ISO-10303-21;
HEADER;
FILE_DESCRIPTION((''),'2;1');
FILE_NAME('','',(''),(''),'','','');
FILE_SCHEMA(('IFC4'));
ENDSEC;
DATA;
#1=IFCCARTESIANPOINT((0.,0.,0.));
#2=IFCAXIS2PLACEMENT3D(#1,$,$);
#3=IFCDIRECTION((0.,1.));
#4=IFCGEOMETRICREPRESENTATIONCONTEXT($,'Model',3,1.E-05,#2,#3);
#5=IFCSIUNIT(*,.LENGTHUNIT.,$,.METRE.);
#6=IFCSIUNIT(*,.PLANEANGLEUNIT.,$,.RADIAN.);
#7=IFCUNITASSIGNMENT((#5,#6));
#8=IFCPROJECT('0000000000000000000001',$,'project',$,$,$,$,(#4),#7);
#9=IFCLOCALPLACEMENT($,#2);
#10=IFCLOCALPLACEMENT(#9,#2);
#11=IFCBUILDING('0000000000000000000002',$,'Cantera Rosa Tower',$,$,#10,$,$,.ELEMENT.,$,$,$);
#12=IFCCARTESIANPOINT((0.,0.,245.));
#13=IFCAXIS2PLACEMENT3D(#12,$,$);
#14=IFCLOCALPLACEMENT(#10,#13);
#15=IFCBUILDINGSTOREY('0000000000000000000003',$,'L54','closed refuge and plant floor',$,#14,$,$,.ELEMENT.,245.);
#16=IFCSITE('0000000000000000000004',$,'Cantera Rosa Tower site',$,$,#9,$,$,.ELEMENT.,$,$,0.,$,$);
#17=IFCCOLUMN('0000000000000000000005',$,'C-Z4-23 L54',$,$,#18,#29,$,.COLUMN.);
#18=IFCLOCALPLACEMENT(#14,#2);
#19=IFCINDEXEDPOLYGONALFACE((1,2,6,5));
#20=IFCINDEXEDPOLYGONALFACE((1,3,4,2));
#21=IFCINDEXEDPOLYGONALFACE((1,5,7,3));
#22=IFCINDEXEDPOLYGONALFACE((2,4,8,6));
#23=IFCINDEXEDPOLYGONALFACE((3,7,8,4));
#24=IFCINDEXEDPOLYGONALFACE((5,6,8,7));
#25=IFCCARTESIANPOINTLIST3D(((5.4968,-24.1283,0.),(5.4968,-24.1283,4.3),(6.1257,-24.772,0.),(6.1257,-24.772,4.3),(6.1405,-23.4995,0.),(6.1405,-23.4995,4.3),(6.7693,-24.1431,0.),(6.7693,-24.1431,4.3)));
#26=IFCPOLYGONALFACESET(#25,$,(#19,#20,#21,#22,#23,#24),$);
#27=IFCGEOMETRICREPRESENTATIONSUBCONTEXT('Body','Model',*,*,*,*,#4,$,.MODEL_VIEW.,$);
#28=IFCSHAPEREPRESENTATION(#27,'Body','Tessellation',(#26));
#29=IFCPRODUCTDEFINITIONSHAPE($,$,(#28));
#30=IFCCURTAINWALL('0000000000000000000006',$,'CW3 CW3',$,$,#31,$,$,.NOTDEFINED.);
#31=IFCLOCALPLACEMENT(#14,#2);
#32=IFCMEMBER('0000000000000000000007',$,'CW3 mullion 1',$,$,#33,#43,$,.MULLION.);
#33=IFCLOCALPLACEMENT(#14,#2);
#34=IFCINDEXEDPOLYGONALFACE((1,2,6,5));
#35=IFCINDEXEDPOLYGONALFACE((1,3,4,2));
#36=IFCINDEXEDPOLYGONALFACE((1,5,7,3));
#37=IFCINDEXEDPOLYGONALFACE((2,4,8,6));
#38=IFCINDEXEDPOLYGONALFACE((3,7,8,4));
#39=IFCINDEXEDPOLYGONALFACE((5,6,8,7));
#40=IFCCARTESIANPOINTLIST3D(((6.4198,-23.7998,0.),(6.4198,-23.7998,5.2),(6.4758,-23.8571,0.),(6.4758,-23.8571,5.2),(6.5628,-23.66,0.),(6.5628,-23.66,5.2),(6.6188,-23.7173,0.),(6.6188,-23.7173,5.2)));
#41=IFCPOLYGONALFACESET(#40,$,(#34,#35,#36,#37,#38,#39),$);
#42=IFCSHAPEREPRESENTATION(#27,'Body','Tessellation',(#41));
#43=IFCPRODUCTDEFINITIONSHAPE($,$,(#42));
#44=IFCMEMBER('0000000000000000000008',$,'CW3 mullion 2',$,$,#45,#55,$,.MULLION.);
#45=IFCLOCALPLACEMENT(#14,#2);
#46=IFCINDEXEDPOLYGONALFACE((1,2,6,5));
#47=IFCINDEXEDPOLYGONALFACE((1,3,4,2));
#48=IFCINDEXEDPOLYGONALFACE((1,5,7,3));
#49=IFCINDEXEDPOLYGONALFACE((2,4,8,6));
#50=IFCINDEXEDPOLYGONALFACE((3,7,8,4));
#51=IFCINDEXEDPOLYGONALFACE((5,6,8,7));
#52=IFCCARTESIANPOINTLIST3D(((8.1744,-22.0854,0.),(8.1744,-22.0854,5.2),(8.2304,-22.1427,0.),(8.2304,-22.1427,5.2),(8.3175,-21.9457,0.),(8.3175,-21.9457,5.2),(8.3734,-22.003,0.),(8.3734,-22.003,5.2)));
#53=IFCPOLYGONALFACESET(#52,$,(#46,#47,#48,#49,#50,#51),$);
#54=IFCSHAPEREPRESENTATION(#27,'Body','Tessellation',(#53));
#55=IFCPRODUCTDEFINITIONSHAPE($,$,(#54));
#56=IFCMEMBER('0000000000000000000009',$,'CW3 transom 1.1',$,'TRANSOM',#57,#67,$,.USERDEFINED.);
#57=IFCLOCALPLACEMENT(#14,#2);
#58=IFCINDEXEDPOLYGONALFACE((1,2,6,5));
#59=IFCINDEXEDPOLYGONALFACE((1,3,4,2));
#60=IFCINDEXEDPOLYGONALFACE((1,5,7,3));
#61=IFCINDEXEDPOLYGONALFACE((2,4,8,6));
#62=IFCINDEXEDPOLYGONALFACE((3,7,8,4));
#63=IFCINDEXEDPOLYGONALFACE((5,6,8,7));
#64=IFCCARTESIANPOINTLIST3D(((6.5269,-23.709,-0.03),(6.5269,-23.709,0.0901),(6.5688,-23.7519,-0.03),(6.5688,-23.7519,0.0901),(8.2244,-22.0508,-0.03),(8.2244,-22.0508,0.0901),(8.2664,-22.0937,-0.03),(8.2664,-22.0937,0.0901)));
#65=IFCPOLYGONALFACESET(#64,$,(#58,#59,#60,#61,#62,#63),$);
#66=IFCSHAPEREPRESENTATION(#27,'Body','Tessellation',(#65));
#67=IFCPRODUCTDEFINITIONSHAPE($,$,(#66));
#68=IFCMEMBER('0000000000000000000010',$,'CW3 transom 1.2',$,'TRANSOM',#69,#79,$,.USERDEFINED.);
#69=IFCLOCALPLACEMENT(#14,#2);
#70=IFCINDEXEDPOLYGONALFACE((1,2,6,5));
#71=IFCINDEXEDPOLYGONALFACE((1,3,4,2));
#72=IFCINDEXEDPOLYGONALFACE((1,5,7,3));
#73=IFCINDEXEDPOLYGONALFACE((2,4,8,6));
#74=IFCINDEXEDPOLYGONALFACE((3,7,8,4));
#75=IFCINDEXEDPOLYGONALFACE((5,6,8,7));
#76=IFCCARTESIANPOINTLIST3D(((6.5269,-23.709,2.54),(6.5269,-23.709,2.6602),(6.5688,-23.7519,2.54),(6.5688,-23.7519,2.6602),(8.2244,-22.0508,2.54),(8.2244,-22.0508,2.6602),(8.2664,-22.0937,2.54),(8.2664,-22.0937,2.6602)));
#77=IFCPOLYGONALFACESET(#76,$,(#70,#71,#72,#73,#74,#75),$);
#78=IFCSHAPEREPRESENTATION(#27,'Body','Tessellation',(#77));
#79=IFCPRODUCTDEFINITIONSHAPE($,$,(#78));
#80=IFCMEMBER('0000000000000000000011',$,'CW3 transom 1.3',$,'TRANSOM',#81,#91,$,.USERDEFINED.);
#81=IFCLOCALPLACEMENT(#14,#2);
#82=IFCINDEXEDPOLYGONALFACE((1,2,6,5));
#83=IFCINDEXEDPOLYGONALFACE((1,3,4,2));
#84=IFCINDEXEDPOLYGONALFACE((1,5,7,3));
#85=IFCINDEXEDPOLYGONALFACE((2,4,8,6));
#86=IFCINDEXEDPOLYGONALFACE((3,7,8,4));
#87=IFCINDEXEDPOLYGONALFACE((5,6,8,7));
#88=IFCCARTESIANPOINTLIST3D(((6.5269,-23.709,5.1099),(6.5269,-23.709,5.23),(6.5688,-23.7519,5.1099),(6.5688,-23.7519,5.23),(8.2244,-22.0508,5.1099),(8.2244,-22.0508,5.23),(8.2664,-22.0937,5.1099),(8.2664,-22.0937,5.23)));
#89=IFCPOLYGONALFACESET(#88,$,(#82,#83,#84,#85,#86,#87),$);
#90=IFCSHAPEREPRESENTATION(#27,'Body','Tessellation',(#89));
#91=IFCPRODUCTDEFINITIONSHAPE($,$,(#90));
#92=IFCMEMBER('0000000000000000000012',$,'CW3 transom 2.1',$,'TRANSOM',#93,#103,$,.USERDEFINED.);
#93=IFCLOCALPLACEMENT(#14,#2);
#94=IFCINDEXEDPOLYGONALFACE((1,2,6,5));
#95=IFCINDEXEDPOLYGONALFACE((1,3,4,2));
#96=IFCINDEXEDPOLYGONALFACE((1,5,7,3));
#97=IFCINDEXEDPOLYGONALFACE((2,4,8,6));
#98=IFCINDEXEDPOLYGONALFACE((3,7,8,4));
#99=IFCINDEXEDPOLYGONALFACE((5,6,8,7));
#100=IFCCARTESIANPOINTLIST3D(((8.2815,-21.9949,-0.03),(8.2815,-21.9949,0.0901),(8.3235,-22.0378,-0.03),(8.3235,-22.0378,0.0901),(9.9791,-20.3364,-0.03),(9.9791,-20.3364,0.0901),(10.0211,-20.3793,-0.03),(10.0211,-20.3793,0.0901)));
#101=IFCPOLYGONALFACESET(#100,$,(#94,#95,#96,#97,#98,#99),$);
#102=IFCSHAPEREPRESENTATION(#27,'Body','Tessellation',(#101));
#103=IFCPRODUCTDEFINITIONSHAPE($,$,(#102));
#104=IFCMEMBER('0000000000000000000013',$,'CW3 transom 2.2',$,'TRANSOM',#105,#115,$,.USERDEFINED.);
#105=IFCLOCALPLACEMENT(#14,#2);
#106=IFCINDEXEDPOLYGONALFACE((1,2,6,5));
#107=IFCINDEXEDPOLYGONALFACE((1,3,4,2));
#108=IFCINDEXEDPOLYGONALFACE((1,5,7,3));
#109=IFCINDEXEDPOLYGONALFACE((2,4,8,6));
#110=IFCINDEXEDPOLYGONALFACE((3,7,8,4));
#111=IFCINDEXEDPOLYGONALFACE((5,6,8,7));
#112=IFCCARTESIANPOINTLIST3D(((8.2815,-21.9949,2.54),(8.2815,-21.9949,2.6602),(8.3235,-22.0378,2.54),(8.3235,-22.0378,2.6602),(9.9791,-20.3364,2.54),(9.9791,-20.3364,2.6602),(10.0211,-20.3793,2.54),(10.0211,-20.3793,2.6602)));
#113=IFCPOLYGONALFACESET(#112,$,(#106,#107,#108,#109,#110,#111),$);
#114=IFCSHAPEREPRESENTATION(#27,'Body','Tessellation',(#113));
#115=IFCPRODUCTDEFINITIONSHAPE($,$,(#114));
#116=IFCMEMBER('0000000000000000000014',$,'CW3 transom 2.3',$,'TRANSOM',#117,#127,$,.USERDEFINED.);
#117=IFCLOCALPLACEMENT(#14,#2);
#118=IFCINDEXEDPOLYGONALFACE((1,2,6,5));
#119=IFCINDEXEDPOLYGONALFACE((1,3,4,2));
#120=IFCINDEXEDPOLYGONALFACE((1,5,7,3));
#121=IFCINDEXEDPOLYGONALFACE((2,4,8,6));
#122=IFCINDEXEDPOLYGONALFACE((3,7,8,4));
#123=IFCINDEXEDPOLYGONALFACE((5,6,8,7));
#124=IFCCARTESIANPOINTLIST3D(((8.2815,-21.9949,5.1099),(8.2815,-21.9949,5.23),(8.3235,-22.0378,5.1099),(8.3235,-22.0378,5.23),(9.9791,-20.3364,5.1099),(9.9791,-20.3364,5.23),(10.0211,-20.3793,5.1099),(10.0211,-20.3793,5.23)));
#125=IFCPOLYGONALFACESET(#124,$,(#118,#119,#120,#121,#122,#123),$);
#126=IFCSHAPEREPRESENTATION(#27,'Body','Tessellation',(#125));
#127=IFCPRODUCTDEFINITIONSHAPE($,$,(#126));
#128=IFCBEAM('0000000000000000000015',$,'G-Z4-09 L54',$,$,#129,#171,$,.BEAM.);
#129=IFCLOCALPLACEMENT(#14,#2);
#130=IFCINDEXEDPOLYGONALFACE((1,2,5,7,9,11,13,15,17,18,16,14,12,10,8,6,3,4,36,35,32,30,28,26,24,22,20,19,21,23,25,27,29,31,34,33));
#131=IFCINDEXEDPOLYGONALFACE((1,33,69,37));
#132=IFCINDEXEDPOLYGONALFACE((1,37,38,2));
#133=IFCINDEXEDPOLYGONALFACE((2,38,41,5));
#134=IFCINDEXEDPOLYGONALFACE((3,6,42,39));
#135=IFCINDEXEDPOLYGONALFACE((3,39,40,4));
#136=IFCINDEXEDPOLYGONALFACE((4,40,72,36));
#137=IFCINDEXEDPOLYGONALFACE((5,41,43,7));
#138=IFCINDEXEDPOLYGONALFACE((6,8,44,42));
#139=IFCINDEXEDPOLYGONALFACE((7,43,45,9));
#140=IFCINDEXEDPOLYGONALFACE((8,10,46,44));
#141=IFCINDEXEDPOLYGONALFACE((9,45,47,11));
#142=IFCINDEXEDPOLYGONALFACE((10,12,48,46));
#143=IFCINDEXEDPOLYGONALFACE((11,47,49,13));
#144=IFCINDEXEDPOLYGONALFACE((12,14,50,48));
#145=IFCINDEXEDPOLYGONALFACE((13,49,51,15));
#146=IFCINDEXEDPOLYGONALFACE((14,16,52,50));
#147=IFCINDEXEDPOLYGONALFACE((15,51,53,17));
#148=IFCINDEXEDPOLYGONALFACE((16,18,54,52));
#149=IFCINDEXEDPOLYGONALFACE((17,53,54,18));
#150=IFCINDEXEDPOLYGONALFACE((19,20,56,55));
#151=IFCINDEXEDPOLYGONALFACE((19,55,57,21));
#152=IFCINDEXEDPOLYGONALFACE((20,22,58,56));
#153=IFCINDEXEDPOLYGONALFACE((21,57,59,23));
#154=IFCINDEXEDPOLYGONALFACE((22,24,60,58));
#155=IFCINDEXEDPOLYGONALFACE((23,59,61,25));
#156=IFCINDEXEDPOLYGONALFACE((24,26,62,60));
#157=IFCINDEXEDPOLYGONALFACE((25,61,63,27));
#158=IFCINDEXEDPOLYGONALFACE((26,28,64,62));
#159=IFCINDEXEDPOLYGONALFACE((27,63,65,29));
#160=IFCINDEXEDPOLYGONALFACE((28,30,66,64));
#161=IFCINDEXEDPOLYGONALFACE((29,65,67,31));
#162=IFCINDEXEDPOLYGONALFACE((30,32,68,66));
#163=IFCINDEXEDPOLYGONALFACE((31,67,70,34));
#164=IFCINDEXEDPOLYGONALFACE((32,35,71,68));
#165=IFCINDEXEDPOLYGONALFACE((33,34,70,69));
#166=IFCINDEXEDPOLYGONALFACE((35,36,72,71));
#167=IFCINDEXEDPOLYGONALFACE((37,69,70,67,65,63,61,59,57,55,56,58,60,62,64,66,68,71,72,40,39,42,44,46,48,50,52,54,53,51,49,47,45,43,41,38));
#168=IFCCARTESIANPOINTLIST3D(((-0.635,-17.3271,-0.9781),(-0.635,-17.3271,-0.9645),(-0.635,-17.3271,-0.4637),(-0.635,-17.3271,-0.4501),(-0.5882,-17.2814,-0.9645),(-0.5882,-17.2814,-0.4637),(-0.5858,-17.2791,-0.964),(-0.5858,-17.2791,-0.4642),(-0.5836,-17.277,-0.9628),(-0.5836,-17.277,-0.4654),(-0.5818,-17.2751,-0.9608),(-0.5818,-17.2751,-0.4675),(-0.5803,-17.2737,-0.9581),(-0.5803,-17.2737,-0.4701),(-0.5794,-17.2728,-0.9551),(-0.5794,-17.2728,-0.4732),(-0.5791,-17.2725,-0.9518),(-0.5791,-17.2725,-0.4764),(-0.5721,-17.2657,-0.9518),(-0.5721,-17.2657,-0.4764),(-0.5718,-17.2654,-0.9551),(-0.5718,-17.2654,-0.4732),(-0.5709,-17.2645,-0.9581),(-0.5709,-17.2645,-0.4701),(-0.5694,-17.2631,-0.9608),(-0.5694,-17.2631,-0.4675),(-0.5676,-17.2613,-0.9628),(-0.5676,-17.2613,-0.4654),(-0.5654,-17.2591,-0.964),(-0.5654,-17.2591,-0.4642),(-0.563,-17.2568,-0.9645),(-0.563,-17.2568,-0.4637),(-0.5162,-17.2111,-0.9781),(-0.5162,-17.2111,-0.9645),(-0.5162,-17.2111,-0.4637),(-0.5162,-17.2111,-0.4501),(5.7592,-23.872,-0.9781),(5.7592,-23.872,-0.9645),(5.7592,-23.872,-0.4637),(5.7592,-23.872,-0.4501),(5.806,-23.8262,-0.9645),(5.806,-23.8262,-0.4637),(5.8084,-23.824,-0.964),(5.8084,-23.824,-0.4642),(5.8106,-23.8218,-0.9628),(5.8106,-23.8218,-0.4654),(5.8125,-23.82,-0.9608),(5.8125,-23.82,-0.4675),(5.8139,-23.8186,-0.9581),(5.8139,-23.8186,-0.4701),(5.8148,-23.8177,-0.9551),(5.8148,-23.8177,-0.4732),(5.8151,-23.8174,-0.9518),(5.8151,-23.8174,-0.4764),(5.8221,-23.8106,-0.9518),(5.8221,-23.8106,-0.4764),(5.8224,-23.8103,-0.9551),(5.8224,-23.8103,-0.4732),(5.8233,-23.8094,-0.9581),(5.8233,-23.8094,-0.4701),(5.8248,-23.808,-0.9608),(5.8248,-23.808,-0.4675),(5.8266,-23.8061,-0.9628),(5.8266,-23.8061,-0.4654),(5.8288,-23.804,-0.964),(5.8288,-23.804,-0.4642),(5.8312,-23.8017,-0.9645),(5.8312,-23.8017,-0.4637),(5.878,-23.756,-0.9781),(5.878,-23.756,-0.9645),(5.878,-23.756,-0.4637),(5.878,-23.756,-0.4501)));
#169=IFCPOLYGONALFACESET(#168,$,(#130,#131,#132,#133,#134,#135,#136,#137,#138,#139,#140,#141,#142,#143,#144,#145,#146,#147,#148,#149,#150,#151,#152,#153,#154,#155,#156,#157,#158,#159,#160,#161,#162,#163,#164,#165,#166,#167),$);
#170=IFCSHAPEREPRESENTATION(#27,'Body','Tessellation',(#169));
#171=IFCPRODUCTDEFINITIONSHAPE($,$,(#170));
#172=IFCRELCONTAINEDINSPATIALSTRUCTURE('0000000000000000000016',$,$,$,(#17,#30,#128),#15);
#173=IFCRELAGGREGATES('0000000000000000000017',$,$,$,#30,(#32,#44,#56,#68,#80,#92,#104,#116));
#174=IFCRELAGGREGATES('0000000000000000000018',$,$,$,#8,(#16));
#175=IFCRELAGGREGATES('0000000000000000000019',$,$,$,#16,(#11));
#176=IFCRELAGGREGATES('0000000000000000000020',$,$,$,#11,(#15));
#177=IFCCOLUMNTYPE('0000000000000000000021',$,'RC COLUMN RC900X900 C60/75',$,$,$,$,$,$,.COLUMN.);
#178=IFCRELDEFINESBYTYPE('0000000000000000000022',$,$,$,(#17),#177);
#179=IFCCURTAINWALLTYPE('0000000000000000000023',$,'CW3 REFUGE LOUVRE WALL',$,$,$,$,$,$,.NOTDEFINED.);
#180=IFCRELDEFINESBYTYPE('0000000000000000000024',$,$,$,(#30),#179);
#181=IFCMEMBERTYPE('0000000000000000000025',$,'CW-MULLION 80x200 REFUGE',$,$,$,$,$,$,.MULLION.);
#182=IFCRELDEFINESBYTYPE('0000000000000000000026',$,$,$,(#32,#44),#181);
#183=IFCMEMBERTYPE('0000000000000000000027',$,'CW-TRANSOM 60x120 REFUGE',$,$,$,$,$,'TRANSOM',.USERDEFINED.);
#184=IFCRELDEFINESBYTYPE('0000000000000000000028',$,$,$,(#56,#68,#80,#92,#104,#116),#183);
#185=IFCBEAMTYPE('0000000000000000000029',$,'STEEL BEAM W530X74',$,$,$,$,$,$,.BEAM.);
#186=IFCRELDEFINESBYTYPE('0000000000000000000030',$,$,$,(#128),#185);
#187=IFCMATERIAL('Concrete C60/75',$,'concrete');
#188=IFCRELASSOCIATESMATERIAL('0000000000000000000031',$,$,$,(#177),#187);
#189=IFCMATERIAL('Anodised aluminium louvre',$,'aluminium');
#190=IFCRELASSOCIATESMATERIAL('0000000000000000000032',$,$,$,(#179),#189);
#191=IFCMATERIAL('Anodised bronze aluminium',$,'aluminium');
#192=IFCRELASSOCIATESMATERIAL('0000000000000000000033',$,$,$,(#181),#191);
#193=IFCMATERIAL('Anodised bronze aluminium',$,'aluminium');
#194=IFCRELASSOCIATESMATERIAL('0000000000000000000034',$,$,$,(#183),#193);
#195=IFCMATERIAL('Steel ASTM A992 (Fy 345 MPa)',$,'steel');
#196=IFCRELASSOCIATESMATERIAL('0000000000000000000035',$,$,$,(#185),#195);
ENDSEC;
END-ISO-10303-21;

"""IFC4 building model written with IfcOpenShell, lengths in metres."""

from ifc_helpers import new_model, si_unit, direction, frame, origin, origin_2d, place, context, subcontext, project, spatial, rectangle, i_section, extrude, material, material_profile, profile_set, type_object, element, aggregate, save


model = new_model("IFC4")

# Units and contexts
model_context = context("Model", 3, precision=1e-05, world=origin(), true_north=direction((0.0, 1.0)))
body_context = subcontext(model_context, "Body", "Model", "MODEL_VIEW")
ifc_project = project(units=[si_unit("LENGTHUNIT", "METRE"), si_unit("PLANEANGLEUNIT", "RADIAN")], contexts=[model_context])

# Site, building, storey
site_placement = place(None, origin())
site = spatial("IfcSite", under=ifc_project, at=site_placement, Name="Cantera Rosa Tower site", CompositionType="ELEMENT", RefElevation=0.0)
building_placement = place(site_placement, origin())
building = spatial("IfcBuilding", under=site, at=building_placement, Name="Cantera Rosa Tower", CompositionType="ELEMENT")
storey_placement = place(building_placement, frame((0.0, 0.0, 245.0)))
storey = spatial("IfcBuildingStorey", under=building, at=storey_placement, Name="L54", Description="closed refuge and plant floor", CompositionType="ELEMENT", Elevation=245.0)

# Column
ifc_material_1 = material(Name="Concrete C60/75", Category="concrete")
ifc_material_profile_1 = material_profile(ifc_material_1, rectangle(XDim=0.8999, YDim=0.8999, at=origin_2d()), Name="RC COLUMN RC900X900 C60/75")
ifc_profile_set_1 = profile_set([ifc_material_profile_1], Name="Concrete C60/75")
column_type = type_object("IfcColumnType", Name="RC COLUMN RC900X900 C60/75", PredefinedType="COLUMN", material=ifc_profile_set_1)
column_placement = place(storey_placement, frame((6.1331, -24.1357, 0.0), z_axis=(0.0, 0.0, 1.0), x_axis=(0.715286, 0.698832, 0.0)))
element("IfcColumn", 1, at=column_placement, inside=storey, type_object=column_type, Name="C-Z4-23 L54", PredefinedType="COLUMN", context=body_context, shape_type="SweptSolid", body=[
    extrude(rectangle(XDim=0.8999, YDim=0.8999, at=origin_2d()), origin(), (0.0, 0.0, 1.0), 4.3),
])

# Curtain wall, members
ifc_material_2 = material(Name="Anodised aluminium louvre", Category="aluminium")
curtain_wall_type = type_object("IfcCurtainWallType", Name="CW3 REFUGE LOUVRE WALL", PredefinedType="NOTDEFINED", material=ifc_material_2)
curtain_wall_placement = place(storey_placement, origin())
curtain_wall = element("IfcCurtainWall", 2, at=curtain_wall_placement, inside=storey, type_object=curtain_wall_type, Name="CW3 CW3", PredefinedType="NOTDEFINED")
ifc_material_3 = material(Name="Anodised bronze aluminium", Category="aluminium")
ifc_material_profile_2 = material_profile(ifc_material_3, rectangle(XDim=0.0801, YDim=0.2, at=origin_2d()), Name="CW-MULLION 80x200 REFUGE")
ifc_profile_set_2 = profile_set([ifc_material_profile_2], Name="Anodised bronze aluminium")
member_type_1 = type_object("IfcMemberType", Name="CW-MULLION 80x200 REFUGE", PredefinedType="MULLION", material=ifc_profile_set_2)
member_1_placement = place(storey_placement, frame((6.5193, -23.7585, 0.0), z_axis=(0.0, 0.0, 1.0), x_axis=(-0.698832, 0.715286, 0.0)))
member_1 = element("IfcMember", 3, at=member_1_placement, type_object=member_type_1, Name="CW3 mullion 1", PredefinedType="MULLION", context=body_context, shape_type="SweptSolid", body=[
    extrude(rectangle(XDim=0.0801, YDim=0.2, at=origin_2d()), origin(), (0.0, 0.0, 1.0), 5.2),
])
member_2_placement = place(storey_placement, frame((8.2739, -22.0442, 0.0), z_axis=(0.0, 0.0, 1.0), x_axis=(-0.698832, 0.715286, 0.0)))
member_2 = element("IfcMember", 4, at=member_2_placement, type_object=member_type_1, Name="CW3 mullion 2", PredefinedType="MULLION", context=body_context, shape_type="SweptSolid", body=[
    extrude(rectangle(XDim=0.0801, YDim=0.2, at=origin_2d()), origin(), (0.0, 0.0, 1.0), 5.2),
])
ifc_material_4 = material(Name="Anodised bronze aluminium", Category="aluminium")
ifc_material_profile_3 = material_profile(ifc_material_4, rectangle(XDim=0.0601, YDim=0.1201, at=origin_2d()), Name="CW-TRANSOM 60x120 REFUGE")
ifc_profile_set_3 = profile_set([ifc_material_profile_3], Name="Anodised bronze aluminium")
member_type_2 = type_object("IfcMemberType", Name="CW-TRANSOM 60x120 REFUGE", ElementType="TRANSOM", PredefinedType="USERDEFINED", material=ifc_profile_set_3)
member_3_placement = place(storey_placement, frame((6.5479, -23.7305, 0.03), z_axis=(0.71534, 0.698776, 0.0), x_axis=(-0.698776, 0.71534, 0.0)))
member_3 = element("IfcMember", 5, at=member_3_placement, type_object=member_type_2, Name="CW3 transom 1.1", ObjectType="TRANSOM", PredefinedType="USERDEFINED", context=body_context, shape_type="SweptSolid", body=[
    extrude(rectangle(XDim=0.0601, YDim=0.1201, at=origin_2d()), origin(), (0.0, 0.0, 1.0), 2.373),
])
member_4_placement = place(storey_placement, frame((6.5479, -23.7305, 2.6001), z_axis=(0.71534, 0.698776, 0.0), x_axis=(-0.698776, 0.71534, 0.0)))
member_4 = element("IfcMember", 6, at=member_4_placement, type_object=member_type_2, Name="CW3 transom 1.2", ObjectType="TRANSOM", PredefinedType="USERDEFINED", context=body_context, shape_type="SweptSolid", body=[
    extrude(rectangle(XDim=0.0601, YDim=0.1201, at=origin_2d()), origin(), (0.0, 0.0, 1.0), 2.373),
])
member_5_placement = place(storey_placement, frame((6.5479, -23.7305, 5.1699), z_axis=(0.71534, 0.698776, 0.0), x_axis=(-0.698776, 0.71534, 0.0)))
member_5 = element("IfcMember", 7, at=member_5_placement, type_object=member_type_2, Name="CW3 transom 1.3", ObjectType="TRANSOM", PredefinedType="USERDEFINED", context=body_context, shape_type="SweptSolid", body=[
    extrude(rectangle(XDim=0.0601, YDim=0.1201, at=origin_2d()), origin(), (0.0, 0.0, 1.0), 2.373),
])
member_6_placement = place(storey_placement, frame((8.3025, -22.0164, 0.03), z_axis=(0.715289, 0.698829, 0.0), x_axis=(-0.698829, 0.715289, 0.0)))
member_6 = element("IfcMember", 8, at=member_6_placement, type_object=member_type_2, Name="CW3 transom 2.1", ObjectType="TRANSOM", PredefinedType="USERDEFINED", context=body_context, shape_type="SweptSolid", body=[
    extrude(rectangle(XDim=0.0601, YDim=0.1201, at=origin_2d()), origin(), (0.0, 0.0, 1.0), 2.3733),
])
member_7_placement = place(storey_placement, frame((8.3025, -22.0164, 2.6001), z_axis=(0.715289, 0.698829, 0.0), x_axis=(-0.698829, 0.715289, 0.0)))
member_7 = element("IfcMember", 9, at=member_7_placement, type_object=member_type_2, Name="CW3 transom 2.2", ObjectType="TRANSOM", PredefinedType="USERDEFINED", context=body_context, shape_type="SweptSolid", body=[
    extrude(rectangle(XDim=0.0601, YDim=0.1201, at=origin_2d()), origin(), (0.0, 0.0, 1.0), 2.3733),
])
member_8_placement = place(storey_placement, frame((8.3025, -22.0164, 5.1699), z_axis=(0.715289, 0.698829, 0.0), x_axis=(-0.698829, 0.715289, 0.0)))
member_8 = element("IfcMember", 10, at=member_8_placement, type_object=member_type_2, Name="CW3 transom 2.3", ObjectType="TRANSOM", PredefinedType="USERDEFINED", context=body_context, shape_type="SweptSolid", body=[
    extrude(rectangle(XDim=0.0601, YDim=0.1201, at=origin_2d()), origin(), (0.0, 0.0, 1.0), 2.3733),
])

# Beam
ifc_material_5 = material(Name="Steel ASTM A992 (Fy 345 MPa)", Category="steel")
ifc_material_profile_4 = material_profile(ifc_material_5, i_section(OverallWidth=0.166, OverallDepth=0.5281, WebThickness=0.0098, FlangeThickness=0.0137, FilletRadius=0.0127, at=origin_2d()), Name="W530X74")
ifc_profile_set_4 = profile_set([ifc_material_profile_4], Name="Steel ASTM A992 (Fy 345 MPa)")
beam_type_1 = type_object("IfcBeamType", Name="STEEL BEAM W530X74", PredefinedType="BEAM", material=ifc_profile_set_4)
beam_1_placement = place(storey_placement, frame((5.8186, -23.814, -0.7141), z_axis=(-0.698827, 0.71529, 0.0), x_axis=(-0.71529, -0.698827, 0.0)))
element("IfcBeam", 11, at=beam_1_placement, inside=storey, type_object=beam_type_1, Name="G-Z4-09 L54", PredefinedType="BEAM", context=body_context, shape_type="SweptSolid", body=[
    extrude(i_section(OverallWidth=0.166, OverallDepth=0.5281, WebThickness=0.0098, FlangeThickness=0.0137, FilletRadius=0.0127, at=origin_2d()), origin(), (0.0, 0.0, 1.0), 9.1499),
])

aggregate(curtain_wall, [member_1, member_2, member_3, member_4, member_5, member_6, member_7, member_8])

save(model, "model.ifc")
